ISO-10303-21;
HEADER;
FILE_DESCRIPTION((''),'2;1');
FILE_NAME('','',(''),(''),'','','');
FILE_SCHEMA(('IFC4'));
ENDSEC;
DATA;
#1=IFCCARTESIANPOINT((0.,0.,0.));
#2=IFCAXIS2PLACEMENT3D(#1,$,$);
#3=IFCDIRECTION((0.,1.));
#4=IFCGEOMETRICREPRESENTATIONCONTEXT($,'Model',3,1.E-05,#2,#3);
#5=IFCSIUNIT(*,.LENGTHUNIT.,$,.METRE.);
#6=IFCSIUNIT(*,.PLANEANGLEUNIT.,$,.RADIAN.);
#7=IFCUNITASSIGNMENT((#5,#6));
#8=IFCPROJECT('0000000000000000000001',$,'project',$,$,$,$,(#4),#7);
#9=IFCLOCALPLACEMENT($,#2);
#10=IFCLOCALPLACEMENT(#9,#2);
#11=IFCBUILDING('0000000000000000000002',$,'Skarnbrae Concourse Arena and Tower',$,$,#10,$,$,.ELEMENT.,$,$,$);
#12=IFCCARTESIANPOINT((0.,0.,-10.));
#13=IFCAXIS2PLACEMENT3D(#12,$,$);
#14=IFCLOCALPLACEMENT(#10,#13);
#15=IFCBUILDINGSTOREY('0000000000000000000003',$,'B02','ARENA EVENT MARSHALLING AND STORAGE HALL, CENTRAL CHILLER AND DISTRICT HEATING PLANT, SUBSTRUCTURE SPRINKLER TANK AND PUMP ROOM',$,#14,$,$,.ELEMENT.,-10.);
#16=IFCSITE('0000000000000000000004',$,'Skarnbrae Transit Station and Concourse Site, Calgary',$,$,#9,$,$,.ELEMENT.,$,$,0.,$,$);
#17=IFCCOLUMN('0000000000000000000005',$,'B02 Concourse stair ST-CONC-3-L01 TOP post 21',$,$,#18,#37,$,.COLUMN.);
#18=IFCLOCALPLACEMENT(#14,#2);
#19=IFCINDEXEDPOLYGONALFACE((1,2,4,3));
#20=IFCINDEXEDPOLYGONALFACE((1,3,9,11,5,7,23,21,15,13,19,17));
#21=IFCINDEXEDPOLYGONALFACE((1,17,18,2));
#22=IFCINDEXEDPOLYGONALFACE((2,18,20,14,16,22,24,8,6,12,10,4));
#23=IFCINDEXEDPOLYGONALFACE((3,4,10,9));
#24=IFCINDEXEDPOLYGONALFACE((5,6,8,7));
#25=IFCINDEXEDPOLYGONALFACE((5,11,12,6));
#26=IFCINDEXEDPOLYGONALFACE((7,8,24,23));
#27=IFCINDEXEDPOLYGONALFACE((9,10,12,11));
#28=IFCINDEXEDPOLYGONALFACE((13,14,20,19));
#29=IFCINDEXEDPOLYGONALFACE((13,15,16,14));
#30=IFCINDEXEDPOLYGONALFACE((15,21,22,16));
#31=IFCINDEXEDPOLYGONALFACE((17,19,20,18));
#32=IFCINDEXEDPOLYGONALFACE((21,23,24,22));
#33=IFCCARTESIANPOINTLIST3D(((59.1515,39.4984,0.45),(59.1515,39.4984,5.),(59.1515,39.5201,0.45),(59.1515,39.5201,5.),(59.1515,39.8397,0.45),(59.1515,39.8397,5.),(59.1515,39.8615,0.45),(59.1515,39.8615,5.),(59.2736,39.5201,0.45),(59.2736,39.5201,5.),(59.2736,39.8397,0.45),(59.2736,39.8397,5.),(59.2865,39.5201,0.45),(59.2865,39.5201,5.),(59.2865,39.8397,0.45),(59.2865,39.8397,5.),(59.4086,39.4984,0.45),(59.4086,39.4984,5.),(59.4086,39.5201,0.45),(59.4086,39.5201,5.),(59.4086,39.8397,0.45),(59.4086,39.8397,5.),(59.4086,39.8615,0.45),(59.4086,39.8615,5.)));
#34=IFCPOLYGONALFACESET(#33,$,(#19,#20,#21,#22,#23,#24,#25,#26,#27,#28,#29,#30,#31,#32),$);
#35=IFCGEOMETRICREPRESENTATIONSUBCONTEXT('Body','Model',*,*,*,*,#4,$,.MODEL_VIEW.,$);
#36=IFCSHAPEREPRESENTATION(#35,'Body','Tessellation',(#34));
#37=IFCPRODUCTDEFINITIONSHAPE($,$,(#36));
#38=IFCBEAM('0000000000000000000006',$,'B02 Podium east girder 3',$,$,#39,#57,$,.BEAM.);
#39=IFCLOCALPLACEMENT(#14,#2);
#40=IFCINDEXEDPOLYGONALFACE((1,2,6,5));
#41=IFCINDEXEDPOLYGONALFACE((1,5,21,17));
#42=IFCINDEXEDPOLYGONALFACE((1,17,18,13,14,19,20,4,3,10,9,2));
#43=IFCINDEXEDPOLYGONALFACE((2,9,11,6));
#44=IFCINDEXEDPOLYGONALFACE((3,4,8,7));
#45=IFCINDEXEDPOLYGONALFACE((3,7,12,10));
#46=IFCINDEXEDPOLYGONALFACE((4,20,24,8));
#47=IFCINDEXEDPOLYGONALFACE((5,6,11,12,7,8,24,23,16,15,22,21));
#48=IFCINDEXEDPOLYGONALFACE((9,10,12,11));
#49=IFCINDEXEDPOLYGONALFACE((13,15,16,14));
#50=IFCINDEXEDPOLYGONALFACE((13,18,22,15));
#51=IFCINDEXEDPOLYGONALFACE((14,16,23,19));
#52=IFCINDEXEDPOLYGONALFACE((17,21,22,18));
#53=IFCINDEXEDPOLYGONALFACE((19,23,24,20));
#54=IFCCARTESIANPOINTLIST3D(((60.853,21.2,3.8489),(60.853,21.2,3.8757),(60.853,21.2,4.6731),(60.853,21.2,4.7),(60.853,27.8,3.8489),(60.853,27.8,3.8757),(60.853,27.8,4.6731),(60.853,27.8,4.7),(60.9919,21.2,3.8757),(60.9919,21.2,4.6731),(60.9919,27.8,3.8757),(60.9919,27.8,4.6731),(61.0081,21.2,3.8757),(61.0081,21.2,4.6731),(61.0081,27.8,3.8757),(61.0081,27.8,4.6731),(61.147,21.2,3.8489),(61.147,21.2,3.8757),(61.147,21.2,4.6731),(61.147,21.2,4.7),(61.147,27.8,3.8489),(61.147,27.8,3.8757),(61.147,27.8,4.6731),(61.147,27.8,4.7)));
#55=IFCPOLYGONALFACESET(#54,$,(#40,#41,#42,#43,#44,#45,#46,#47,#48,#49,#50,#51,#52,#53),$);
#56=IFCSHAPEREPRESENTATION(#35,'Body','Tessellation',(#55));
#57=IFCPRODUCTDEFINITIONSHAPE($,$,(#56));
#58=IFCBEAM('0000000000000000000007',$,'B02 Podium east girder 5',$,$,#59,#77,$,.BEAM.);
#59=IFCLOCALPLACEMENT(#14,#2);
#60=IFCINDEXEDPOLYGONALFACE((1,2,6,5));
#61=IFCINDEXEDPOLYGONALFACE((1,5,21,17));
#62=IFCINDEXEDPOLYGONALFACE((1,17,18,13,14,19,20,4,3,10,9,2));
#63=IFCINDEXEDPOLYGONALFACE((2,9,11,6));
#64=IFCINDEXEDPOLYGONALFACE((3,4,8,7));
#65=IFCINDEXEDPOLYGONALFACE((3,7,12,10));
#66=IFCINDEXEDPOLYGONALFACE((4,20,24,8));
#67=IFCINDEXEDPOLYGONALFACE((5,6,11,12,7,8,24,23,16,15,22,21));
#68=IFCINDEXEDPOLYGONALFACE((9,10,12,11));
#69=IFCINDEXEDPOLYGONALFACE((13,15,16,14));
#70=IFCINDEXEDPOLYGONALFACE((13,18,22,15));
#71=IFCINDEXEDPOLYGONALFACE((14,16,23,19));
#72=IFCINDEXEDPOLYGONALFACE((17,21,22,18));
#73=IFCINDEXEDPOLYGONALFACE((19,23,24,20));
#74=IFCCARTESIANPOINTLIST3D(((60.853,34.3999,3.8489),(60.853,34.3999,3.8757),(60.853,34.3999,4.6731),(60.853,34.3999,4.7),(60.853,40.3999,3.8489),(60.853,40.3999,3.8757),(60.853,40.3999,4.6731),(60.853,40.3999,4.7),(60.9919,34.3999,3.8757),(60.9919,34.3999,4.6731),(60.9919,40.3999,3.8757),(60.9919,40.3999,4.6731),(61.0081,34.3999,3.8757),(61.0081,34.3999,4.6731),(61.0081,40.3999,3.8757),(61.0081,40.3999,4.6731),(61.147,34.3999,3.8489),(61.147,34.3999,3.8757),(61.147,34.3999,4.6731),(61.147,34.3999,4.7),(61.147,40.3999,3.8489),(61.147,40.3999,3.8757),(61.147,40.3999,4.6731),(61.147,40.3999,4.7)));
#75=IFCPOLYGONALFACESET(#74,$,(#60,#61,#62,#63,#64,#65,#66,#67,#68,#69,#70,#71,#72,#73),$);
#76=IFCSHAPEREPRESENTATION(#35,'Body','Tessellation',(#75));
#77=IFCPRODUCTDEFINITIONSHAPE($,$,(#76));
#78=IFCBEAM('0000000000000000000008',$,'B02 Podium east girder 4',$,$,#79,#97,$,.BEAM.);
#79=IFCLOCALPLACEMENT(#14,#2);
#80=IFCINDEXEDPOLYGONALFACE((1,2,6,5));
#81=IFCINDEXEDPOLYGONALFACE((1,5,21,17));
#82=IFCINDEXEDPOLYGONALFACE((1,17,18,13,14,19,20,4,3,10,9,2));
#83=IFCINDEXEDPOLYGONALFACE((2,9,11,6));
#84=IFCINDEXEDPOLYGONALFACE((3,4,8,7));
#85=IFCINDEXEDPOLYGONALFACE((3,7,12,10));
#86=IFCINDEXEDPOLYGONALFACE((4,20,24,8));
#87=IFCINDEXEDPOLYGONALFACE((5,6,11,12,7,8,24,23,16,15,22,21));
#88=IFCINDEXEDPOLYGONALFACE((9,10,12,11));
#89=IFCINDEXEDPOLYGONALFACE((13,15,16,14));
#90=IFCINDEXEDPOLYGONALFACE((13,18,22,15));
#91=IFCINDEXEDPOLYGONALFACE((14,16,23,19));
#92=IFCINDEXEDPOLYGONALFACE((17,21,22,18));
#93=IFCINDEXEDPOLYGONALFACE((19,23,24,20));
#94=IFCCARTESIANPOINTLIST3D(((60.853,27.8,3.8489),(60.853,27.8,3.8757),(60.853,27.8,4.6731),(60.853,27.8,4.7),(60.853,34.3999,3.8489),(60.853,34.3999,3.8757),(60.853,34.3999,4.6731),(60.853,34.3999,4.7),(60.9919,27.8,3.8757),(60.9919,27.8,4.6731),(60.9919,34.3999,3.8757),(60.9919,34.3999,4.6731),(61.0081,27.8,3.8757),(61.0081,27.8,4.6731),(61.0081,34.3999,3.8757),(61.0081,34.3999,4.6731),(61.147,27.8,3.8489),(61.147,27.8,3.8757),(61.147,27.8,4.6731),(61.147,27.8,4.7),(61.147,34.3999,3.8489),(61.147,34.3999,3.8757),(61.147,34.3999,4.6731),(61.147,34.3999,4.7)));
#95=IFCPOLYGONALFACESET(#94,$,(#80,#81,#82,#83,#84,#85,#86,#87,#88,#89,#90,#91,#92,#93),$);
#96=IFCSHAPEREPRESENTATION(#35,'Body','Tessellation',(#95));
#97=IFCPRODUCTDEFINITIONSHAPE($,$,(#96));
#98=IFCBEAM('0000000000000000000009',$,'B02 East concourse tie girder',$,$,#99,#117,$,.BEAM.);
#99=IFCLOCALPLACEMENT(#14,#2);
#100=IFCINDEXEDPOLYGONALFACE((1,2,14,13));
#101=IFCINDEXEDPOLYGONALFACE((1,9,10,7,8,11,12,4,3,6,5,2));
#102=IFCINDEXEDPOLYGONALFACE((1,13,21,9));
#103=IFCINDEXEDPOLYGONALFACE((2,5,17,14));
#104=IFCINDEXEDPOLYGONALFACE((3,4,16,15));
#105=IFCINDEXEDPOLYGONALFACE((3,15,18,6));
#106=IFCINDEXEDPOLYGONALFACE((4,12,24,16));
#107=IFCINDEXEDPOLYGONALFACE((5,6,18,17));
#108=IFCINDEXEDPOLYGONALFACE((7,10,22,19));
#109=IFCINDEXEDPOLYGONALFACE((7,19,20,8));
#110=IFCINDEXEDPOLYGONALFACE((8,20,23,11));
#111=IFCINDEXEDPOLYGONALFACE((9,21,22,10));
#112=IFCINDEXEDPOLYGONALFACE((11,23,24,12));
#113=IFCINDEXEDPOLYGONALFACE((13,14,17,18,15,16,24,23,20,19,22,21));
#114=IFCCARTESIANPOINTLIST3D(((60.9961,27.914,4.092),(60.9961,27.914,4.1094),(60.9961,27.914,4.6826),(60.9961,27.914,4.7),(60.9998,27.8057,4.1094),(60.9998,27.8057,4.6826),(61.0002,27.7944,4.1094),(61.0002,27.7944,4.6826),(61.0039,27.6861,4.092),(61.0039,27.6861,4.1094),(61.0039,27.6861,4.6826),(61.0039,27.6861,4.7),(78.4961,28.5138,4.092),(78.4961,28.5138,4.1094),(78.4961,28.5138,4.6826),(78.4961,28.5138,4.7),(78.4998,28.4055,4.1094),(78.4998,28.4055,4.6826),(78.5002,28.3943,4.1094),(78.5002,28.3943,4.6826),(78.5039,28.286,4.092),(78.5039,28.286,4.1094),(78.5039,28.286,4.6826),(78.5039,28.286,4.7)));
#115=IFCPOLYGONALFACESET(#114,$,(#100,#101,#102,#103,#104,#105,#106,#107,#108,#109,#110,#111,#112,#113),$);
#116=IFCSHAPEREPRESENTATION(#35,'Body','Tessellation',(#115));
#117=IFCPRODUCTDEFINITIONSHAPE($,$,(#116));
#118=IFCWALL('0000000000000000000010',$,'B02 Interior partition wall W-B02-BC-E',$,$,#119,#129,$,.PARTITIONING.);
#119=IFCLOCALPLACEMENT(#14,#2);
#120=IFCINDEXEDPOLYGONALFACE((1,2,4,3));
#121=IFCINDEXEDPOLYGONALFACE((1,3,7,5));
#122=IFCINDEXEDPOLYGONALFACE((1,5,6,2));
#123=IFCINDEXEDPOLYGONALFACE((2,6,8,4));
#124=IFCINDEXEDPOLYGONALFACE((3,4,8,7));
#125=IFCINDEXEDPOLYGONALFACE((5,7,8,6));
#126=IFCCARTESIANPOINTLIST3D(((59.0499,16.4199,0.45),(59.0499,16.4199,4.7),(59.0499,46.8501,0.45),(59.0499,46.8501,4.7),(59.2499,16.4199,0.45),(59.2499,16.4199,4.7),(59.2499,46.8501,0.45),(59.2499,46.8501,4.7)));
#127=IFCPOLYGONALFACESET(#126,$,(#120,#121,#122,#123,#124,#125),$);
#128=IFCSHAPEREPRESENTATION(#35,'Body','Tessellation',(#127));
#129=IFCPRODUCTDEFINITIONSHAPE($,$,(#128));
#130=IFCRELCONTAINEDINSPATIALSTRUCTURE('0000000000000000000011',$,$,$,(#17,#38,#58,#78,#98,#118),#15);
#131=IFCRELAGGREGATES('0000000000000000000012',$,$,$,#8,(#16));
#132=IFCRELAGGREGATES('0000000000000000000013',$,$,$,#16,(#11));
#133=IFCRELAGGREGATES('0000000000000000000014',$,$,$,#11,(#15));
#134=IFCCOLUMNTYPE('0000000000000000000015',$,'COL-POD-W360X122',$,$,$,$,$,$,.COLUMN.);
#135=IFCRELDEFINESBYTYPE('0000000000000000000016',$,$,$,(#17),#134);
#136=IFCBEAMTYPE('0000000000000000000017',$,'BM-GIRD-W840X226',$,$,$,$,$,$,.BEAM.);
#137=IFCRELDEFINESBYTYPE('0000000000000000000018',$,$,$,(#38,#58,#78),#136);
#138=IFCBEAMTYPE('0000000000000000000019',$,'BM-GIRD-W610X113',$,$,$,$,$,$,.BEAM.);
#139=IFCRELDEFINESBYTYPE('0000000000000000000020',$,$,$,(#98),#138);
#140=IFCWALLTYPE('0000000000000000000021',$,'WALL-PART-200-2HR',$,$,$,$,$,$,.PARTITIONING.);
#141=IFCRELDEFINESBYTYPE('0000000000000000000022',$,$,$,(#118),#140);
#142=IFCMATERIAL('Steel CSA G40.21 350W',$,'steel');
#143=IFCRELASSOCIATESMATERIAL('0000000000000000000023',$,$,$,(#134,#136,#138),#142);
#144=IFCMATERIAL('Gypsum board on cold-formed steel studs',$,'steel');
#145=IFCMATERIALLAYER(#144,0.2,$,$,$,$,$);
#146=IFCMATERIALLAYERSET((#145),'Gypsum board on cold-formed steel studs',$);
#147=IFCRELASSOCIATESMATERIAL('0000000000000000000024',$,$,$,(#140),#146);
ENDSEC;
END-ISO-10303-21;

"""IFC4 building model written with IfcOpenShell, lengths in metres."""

from ifc_helpers import new_model, si_unit, direction, frame, frame_2d, origin, origin_2d, place, context, subcontext, project, spatial, rectangle, i_section, extrude, source, transform, mapped, material, layer, layer_set, material_profile, profile_set, type_object, element, save


model = new_model("IFC4")

# Units and contexts
model_context = context("Model", 3, precision=1e-05, world=origin(), true_north=direction((0.0, 1.0)))
body_context = subcontext(model_context, "Body", "Model", "MODEL_VIEW")
ifc_project = project(units=[si_unit("LENGTHUNIT", "METRE"), si_unit("PLANEANGLEUNIT", "RADIAN")], contexts=[model_context])

# Site, building, storey
site_placement = place(None, origin())
site = spatial("IfcSite", under=ifc_project, at=site_placement, Name="Skarnbrae Transit Station and Concourse Site, Calgary", CompositionType="ELEMENT", RefElevation=0.0)
building_placement = place(site_placement, origin())
building = spatial("IfcBuilding", under=site, at=building_placement, Name="Skarnbrae Concourse Arena and Tower", CompositionType="ELEMENT")
storey_placement = place(building_placement, frame((0.0, 0.0, -10.0)))
storey = spatial("IfcBuildingStorey", under=building, at=storey_placement, Name="B02", Description="ARENA EVENT MARSHALLING AND STORAGE HALL, CENTRAL CHILLER AND DISTRICT HEATING PLANT, SUBSTRUCTURE SPRINKLER TANK AND PUMP ROOM", CompositionType="ELEMENT", Elevation=-10.0)

# Column
ifc_material_1 = material(Name="Steel CSA G40.21 350W", Category="steel")
ifc_material_profile_1 = material_profile(ifc_material_1, i_section(OverallWidth=0.2571, OverallDepth=0.363, WebThickness=0.0129, FlangeThickness=0.0217, at=origin_2d()), Name="W360X122")
ifc_profile_set_1 = profile_set([ifc_material_profile_1], Name="Steel CSA G40.21 350W")
column_type_1 = type_object("IfcColumnType", Name="COL-POD-W360X122", PredefinedType="COLUMN", material=ifc_profile_set_1)
shared_shape_1 = source(origin(), body_context, "Body", "SweptSolid", [
    extrude(i_section(OverallWidth=0.2571, OverallDepth=0.363, WebThickness=0.0129, FlangeThickness=0.0217, at=origin_2d()), origin(), (0.0, 0.0, 1.0), 4.55),
])
for number, where, z_axis, x_axis, name in (
    (1, (59.28, 39.6799, 0.45), (0.0, 0.0, 1.0), (1.0, 0.0, 0.0), "B02 Concourse stair ST-CONC-3-L01 TOP post 21"),
):
    element("IfcColumn", number, at=place(storey_placement, frame(where, z_axis=z_axis, x_axis=x_axis)), inside=storey, type_object=column_type_1, Name=name, PredefinedType="COLUMN", context=body_context, shape_type="MappedRepresentation", body=[
        mapped(shared_shape_1, transform((0.0, 0.0, 0.0))),
    ])

# Beams
ifc_material_profile_2 = material_profile(ifc_material_1, i_section(OverallWidth=0.2939, OverallDepth=0.8511, WebThickness=0.0161, FlangeThickness=0.0269, at=origin_2d()), Name="W840X226")
ifc_profile_set_2 = profile_set([ifc_material_profile_2], Name="Steel CSA G40.21 350W")
beam_type_1 = type_object("IfcBeamType", Name="BM-GIRD-W840X226", PredefinedType="BEAM", material=ifc_profile_set_2)
shared_shape_2 = source(origin(), body_context, "Body", "SweptSolid", [
    extrude(i_section(OverallWidth=0.2939, OverallDepth=0.8511, WebThickness=0.0161, FlangeThickness=0.0269, at=origin_2d()), origin(), (0.0, 0.0, 1.0), 6.6001),
])
beam_1_placement = place(storey_placement, frame((61.0, 21.2, 4.2744), z_axis=(0.0, 1.0, 0.0), x_axis=(-1.0, 0.0, 0.0)))
element("IfcBeam", 2, at=beam_1_placement, inside=storey, type_object=beam_type_1, Name="B02 Podium east girder 3", PredefinedType="BEAM", context=body_context, shape_type="MappedRepresentation", body=[
    mapped(shared_shape_2, transform((0.0, 0.0, 0.0))),
])
shared_shape_3 = source(origin(), body_context, "Body", "SweptSolid", [
    extrude(i_section(OverallWidth=0.2939, OverallDepth=0.8511, WebThickness=0.0161, FlangeThickness=0.0269, at=origin_2d()), origin(), (0.0, 0.0, 1.0), 6.0),
])
beam_2_placement = place(storey_placement, frame((61.0, 34.3999, 4.2744), z_axis=(0.0, 1.0, 0.0), x_axis=(-1.0, 0.0, 0.0)))
element("IfcBeam", 3, at=beam_2_placement, inside=storey, type_object=beam_type_1, Name="B02 Podium east girder 5", PredefinedType="BEAM", context=body_context, shape_type="MappedRepresentation", body=[
    mapped(shared_shape_3, transform((0.0, 0.0, 0.0))),
])
shared_shape_4 = source(origin(), body_context, "Body", "SweptSolid", [
    extrude(i_section(OverallWidth=0.2939, OverallDepth=0.8511, WebThickness=0.0161, FlangeThickness=0.0269, at=origin_2d()), origin(), (0.0, 0.0, 1.0), 6.5999),
])
beam_3_placement = place(storey_placement, frame((61.0, 27.8, 4.2744), z_axis=(0.0, 1.0, 0.0), x_axis=(-1.0, 0.0, 0.0)))
element("IfcBeam", 4, at=beam_3_placement, inside=storey, type_object=beam_type_1, Name="B02 Podium east girder 4", PredefinedType="BEAM", context=body_context, shape_type="MappedRepresentation", body=[
    mapped(shared_shape_4, transform((0.0, 0.0, 0.0))),
])
ifc_material_profile_3 = material_profile(ifc_material_1, i_section(OverallWidth=0.228, OverallDepth=0.6079, WebThickness=0.0112, FlangeThickness=0.0173, at=origin_2d()), Name="W610X113")
ifc_profile_set_3 = profile_set([ifc_material_profile_3], Name="Steel CSA G40.21 350W")
beam_type_2 = type_object("IfcBeamType", Name="BM-GIRD-W610X113", PredefinedType="BEAM", material=ifc_profile_set_3)
shared_shape_5 = source(origin(), body_context, "Body", "SweptSolid", [
    extrude(i_section(OverallWidth=0.228, OverallDepth=0.6079, WebThickness=0.0112, FlangeThickness=0.0173, at=origin_2d()), origin(), (0.0, 0.0, 1.0), 17.5103),
])
beam_4_placement = place(storey_placement, frame((61.0, 27.8, 4.396), z_axis=(0.999413, 0.034257, 0.0), x_axis=(-0.034257, 0.999413, 0.0)))
element("IfcBeam", 5, at=beam_4_placement, inside=storey, type_object=beam_type_2, Name="B02 East concourse tie girder", PredefinedType="BEAM", context=body_context, shape_type="MappedRepresentation", body=[
    mapped(shared_shape_5, transform((0.0, 0.0, 0.0))),
])

# Wall
ifc_material_2 = material(Name="Gypsum board on cold-formed steel studs", Category="steel")
ifc_layer = layer(ifc_material_2, 0.2)
ifc_layer_set = layer_set([ifc_layer], Name="Gypsum board on cold-formed steel studs")
wall_type = type_object("IfcWallType", Name="WALL-PART-200-2HR", PredefinedType="PARTITIONING", material=ifc_layer_set)
shared_shape_6 = source(origin(), body_context, "Body", "SweptSolid", [
    extrude(rectangle(XDim=30.4302, YDim=0.2, at=frame_2d((15.2151, 0.0))), origin(), (0.0, 0.0, 1.0), 4.25),
])
wall_placement = place(storey_placement, frame((59.1499, 16.4199, 0.45), z_axis=(0.0, 0.0, 1.0), x_axis=(0.0, 1.0, 0.0)))
element("IfcWall", 6, at=wall_placement, inside=storey, type_object=wall_type, Name="B02 Interior partition wall W-B02-BC-E", PredefinedType="PARTITIONING", context=body_context, shape_type="MappedRepresentation", body=[
    mapped(shared_shape_6, transform((0.0, 0.0, 0.0))),
])

save(model, "model.ifc")
